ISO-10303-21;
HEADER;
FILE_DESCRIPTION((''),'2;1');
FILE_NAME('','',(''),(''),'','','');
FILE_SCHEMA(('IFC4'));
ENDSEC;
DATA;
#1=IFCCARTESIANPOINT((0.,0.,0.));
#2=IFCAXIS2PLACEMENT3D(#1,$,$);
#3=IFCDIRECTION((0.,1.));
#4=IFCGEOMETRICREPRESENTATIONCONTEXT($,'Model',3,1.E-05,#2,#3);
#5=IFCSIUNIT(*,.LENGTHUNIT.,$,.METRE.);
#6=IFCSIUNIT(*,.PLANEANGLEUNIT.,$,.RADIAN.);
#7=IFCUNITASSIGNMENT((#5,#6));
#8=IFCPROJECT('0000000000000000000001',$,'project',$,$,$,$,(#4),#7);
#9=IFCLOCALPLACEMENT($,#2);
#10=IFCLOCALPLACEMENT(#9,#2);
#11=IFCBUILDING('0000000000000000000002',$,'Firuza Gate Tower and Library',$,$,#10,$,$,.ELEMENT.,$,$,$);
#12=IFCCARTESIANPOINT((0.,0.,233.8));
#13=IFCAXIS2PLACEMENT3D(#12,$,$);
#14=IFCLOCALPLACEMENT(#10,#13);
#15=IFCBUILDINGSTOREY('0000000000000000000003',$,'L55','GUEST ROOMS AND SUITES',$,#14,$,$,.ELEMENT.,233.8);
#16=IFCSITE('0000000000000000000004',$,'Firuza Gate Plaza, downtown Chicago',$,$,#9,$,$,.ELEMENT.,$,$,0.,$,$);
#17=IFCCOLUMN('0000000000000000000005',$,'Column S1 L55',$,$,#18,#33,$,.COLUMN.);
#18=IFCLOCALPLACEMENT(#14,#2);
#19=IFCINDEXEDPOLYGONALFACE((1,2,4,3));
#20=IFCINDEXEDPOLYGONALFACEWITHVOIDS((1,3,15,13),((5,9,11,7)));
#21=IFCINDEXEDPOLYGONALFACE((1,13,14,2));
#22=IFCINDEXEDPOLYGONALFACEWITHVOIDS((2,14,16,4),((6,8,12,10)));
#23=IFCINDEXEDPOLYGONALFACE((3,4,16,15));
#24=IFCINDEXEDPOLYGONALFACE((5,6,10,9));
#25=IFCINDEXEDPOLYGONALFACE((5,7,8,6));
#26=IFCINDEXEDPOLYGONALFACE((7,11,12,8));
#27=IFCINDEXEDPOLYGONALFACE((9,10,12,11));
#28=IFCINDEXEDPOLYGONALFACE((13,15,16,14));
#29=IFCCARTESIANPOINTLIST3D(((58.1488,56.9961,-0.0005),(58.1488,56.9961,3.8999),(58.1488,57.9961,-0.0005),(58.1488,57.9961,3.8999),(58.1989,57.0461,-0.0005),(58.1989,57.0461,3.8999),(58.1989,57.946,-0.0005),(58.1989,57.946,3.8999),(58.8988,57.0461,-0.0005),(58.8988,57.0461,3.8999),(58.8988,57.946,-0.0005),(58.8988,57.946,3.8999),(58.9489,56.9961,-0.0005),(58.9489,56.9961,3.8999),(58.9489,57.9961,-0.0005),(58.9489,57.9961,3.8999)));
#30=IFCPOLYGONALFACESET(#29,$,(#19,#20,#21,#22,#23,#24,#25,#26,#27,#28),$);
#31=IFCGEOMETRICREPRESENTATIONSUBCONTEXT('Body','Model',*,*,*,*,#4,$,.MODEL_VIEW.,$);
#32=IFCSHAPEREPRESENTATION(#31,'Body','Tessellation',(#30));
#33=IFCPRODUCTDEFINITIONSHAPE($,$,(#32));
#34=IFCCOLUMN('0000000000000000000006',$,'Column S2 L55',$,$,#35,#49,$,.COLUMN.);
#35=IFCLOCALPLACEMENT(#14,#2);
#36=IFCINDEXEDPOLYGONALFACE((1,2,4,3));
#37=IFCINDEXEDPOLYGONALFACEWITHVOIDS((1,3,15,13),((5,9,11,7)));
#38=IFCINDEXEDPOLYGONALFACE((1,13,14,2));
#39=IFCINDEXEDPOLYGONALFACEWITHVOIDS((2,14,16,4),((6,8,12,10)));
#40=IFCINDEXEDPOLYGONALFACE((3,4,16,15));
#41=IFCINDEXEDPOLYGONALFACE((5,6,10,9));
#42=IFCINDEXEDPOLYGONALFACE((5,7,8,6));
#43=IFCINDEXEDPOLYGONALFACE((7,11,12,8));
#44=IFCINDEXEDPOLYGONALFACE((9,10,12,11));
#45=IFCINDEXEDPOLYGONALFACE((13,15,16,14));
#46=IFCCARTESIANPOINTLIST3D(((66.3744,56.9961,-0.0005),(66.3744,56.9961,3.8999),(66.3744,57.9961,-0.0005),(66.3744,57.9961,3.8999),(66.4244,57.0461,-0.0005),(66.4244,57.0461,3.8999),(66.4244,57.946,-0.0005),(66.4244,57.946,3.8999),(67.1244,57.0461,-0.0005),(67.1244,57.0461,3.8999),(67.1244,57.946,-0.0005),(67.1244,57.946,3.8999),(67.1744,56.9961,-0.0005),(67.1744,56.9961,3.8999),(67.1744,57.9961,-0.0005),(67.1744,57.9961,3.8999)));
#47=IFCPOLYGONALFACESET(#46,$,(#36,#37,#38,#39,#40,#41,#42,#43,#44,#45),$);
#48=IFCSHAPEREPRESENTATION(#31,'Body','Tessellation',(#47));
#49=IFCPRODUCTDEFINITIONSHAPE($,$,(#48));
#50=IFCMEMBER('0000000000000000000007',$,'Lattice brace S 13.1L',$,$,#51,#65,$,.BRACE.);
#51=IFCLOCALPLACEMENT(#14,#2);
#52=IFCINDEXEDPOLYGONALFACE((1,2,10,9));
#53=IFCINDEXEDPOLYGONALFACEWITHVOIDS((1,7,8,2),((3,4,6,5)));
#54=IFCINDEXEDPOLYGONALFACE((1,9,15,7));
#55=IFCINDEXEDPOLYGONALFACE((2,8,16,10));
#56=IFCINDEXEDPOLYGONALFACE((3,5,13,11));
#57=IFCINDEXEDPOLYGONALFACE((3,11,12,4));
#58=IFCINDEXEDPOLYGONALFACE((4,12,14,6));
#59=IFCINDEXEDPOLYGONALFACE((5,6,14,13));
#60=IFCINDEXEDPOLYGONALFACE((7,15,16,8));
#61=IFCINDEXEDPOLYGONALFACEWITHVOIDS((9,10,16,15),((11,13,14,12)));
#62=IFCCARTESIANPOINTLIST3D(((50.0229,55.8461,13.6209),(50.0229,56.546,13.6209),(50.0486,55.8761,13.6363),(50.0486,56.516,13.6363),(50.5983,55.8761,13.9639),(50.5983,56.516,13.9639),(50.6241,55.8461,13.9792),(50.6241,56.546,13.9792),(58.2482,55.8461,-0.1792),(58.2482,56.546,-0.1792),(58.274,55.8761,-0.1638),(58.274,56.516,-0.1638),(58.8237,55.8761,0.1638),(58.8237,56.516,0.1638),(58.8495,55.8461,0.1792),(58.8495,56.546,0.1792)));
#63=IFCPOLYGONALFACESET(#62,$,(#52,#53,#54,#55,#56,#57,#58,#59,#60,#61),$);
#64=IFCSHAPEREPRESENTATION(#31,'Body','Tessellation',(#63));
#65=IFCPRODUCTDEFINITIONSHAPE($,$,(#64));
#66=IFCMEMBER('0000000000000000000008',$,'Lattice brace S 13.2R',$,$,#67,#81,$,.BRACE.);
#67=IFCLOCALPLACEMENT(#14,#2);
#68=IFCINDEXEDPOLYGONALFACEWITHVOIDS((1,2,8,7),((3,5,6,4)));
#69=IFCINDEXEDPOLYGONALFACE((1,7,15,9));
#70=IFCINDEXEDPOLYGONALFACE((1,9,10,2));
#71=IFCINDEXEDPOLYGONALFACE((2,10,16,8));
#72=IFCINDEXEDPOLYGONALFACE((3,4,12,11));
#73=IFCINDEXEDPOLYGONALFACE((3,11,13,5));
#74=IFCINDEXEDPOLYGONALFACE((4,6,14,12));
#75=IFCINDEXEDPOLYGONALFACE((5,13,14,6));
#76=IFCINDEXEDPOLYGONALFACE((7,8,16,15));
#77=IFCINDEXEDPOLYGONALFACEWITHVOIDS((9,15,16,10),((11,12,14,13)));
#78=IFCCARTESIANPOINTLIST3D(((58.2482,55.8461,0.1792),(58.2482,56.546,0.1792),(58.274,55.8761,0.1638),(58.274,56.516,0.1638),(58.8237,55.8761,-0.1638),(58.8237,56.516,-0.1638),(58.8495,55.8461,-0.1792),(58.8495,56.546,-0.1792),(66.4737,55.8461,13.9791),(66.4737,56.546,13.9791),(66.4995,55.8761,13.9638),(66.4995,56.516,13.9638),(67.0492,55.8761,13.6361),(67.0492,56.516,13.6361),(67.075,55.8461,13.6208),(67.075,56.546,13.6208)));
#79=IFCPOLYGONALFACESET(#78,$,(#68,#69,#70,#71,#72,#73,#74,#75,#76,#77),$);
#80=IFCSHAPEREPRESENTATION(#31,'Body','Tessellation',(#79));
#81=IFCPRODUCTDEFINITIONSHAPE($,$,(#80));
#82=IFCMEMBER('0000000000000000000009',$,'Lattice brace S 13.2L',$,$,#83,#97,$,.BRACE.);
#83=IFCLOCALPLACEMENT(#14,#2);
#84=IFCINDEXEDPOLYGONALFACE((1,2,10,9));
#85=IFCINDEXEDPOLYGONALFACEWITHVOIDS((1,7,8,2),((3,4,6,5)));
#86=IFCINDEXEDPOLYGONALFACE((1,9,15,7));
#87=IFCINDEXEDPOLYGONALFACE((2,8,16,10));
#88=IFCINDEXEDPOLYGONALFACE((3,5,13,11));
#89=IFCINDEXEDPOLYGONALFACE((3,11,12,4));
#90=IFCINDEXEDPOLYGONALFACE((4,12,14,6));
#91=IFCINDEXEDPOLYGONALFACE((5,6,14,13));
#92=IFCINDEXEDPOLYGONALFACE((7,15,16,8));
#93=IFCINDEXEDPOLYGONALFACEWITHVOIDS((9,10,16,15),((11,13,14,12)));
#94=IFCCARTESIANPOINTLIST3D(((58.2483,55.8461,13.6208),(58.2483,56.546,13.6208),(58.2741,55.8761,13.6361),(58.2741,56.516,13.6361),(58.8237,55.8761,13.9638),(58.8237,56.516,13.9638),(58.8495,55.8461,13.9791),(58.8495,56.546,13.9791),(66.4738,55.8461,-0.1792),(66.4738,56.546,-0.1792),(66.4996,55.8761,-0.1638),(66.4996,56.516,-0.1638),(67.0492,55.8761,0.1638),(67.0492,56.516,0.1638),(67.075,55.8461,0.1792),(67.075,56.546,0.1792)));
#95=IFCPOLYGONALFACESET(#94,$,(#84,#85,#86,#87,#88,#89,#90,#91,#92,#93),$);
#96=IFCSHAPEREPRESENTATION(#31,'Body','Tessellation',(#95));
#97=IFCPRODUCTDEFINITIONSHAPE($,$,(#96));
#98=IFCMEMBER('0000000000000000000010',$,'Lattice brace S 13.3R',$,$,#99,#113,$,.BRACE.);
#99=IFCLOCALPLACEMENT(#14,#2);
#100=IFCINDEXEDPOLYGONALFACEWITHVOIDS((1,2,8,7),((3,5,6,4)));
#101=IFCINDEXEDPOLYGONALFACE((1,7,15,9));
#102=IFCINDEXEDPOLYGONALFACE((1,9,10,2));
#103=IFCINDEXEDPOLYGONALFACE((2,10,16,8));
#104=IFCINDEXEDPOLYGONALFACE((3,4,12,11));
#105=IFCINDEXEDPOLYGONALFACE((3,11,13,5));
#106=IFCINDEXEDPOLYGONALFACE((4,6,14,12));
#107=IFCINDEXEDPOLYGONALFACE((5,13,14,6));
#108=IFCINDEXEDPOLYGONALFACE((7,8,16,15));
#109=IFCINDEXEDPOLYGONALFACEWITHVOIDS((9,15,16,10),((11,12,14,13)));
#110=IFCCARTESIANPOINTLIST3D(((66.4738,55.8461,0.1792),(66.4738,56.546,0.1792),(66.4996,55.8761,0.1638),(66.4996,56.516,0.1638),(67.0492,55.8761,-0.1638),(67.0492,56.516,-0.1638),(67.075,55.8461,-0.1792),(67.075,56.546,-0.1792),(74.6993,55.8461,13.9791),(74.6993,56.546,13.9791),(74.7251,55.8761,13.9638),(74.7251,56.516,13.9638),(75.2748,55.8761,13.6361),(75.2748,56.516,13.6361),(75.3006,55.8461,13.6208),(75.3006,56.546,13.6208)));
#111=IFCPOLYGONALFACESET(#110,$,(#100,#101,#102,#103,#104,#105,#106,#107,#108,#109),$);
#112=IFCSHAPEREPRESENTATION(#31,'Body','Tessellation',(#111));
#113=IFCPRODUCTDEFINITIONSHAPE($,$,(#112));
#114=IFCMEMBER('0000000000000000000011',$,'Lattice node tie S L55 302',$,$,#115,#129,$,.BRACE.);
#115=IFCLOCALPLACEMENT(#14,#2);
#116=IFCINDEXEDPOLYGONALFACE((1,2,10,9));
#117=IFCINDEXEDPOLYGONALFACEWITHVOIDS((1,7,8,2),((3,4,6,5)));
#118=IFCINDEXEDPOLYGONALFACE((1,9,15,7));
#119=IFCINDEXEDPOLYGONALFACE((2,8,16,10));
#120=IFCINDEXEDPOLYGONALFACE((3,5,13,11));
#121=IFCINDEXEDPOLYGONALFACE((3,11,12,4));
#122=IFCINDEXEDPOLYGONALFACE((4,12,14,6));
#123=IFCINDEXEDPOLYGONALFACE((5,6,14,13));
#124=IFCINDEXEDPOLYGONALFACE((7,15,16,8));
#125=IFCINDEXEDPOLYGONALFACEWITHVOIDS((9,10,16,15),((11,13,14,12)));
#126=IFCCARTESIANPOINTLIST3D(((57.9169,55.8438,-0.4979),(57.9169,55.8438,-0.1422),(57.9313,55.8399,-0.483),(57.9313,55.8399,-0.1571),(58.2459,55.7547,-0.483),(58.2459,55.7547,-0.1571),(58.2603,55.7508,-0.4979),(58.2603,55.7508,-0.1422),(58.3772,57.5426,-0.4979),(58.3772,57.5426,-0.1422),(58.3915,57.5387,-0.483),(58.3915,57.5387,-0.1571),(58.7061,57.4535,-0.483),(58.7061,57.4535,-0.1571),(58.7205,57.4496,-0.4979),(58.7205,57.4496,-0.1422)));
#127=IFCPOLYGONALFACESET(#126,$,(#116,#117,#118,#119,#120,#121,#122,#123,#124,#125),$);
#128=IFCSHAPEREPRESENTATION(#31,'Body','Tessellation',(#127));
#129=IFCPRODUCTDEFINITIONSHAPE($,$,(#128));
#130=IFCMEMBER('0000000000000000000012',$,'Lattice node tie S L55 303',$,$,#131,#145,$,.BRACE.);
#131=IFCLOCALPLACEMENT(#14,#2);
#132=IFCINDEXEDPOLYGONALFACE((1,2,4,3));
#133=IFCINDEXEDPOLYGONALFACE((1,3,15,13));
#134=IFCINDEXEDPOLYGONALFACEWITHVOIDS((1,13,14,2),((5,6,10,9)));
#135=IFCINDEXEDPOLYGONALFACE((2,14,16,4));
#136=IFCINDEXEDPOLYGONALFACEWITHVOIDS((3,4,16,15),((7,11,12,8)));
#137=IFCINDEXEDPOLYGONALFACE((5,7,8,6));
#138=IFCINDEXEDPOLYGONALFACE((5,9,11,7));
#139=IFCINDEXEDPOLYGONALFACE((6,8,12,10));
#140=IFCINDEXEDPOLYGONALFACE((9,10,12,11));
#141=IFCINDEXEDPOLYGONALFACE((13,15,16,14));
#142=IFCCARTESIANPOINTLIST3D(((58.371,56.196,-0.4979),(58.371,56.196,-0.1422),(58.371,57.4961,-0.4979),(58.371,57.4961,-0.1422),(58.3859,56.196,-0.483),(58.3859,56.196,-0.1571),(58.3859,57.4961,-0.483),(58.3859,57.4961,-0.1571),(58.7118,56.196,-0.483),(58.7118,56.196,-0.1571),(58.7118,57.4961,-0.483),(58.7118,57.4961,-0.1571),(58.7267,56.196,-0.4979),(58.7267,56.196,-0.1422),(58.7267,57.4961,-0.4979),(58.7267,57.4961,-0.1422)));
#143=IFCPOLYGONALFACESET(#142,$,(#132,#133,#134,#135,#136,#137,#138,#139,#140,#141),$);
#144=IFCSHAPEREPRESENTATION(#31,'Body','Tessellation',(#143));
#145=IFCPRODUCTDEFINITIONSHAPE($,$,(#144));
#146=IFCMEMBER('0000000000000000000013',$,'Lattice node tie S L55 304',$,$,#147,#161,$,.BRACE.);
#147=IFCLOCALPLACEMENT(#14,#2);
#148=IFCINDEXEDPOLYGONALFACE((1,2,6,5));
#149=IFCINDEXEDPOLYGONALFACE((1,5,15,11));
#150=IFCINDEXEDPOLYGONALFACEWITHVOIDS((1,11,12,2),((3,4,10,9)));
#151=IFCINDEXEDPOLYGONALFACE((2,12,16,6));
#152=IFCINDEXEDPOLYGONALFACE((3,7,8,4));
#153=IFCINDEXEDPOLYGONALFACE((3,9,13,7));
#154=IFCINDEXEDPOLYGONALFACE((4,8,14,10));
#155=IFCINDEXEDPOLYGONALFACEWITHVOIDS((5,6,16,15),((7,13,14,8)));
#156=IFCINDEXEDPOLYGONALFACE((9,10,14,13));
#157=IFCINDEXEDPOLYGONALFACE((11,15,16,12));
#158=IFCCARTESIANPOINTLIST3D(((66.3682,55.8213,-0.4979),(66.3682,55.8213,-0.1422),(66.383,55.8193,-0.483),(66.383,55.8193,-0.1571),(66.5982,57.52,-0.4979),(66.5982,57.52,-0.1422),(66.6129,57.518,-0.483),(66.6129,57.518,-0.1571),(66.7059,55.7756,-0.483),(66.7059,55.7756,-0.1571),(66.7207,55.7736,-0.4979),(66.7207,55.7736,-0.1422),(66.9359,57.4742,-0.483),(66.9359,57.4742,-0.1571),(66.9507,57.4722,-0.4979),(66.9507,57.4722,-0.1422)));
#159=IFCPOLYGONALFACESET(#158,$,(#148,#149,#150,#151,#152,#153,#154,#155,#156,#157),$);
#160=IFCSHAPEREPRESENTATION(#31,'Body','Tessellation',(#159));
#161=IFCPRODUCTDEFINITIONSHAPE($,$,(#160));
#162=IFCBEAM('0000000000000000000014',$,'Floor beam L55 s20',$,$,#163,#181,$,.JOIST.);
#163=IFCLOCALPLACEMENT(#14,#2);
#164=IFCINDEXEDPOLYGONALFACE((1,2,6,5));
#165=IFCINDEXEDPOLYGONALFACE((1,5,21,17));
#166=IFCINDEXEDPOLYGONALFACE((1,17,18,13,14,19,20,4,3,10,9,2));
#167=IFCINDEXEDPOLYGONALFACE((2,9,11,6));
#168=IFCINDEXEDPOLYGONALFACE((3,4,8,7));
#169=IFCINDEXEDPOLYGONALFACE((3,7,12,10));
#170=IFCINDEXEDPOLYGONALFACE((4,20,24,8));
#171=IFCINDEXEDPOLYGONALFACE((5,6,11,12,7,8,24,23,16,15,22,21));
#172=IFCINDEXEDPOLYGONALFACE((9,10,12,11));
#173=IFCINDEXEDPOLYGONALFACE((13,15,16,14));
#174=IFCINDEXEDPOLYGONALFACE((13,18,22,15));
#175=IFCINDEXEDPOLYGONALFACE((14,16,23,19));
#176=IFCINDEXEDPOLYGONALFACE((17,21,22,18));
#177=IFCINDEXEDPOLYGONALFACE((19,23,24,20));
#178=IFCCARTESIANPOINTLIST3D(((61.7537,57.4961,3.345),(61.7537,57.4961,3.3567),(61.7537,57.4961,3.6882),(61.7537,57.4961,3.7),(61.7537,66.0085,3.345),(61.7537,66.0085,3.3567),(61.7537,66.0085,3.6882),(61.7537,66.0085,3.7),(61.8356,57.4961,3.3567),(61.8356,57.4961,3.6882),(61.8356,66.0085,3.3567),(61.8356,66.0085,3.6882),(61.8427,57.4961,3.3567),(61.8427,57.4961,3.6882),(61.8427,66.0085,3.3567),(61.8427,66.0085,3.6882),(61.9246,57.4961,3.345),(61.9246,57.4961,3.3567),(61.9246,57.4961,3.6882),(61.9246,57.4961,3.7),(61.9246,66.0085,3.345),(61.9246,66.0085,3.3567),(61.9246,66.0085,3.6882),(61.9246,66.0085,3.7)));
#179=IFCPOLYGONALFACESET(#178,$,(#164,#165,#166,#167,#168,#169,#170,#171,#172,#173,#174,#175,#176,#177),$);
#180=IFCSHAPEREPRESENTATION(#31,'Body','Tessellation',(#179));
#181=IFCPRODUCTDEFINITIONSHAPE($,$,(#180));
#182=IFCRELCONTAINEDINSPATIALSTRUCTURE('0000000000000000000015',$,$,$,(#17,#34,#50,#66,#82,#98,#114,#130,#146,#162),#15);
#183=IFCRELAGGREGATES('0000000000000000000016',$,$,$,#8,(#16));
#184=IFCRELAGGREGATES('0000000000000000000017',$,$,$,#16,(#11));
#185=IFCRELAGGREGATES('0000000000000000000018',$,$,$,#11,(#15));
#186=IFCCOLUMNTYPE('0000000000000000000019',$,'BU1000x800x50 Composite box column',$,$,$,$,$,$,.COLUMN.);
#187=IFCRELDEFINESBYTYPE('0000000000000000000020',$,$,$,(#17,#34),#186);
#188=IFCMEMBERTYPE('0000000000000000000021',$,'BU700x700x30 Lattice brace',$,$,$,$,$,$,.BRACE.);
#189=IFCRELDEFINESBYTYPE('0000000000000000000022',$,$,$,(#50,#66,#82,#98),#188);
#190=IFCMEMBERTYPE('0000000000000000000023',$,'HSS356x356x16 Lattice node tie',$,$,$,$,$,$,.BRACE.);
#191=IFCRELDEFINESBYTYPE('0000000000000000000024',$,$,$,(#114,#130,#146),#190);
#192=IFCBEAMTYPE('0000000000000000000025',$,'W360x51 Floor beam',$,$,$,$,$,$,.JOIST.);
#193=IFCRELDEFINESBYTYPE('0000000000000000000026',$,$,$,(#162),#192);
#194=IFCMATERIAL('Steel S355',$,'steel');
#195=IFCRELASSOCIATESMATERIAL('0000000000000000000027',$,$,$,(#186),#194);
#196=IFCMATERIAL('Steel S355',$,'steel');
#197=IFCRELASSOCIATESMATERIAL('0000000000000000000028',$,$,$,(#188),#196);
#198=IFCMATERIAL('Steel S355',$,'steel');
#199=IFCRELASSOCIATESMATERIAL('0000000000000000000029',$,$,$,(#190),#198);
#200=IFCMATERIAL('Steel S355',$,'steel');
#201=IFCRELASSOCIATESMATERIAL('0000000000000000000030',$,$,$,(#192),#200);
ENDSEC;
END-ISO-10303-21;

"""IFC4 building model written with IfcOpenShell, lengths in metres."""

from ifc_helpers import new_model, si_unit, direction, frame, origin, origin_2d, place, context, subcontext, project, spatial, hollow_rectangle, i_section, extrude, material, material_profile, profile_set, type_object, element, save


model = new_model("IFC4")

# Units and contexts
model_context = context("Model", 3, precision=1e-05, world=origin(), true_north=direction((0.0, 1.0)))
body_context = subcontext(model_context, "Body", "Model", "MODEL_VIEW")
ifc_project = project(units=[si_unit("LENGTHUNIT", "METRE"), si_unit("PLANEANGLEUNIT", "RADIAN")], contexts=[model_context])

# Site, building, storey
site_placement = place(None, origin())
site = spatial("IfcSite", under=ifc_project, at=site_placement, Name="Firuza Gate Plaza, downtown Chicago", CompositionType="ELEMENT", RefElevation=0.0)
building_placement = place(site_placement, origin())
building = spatial("IfcBuilding", under=site, at=building_placement, Name="Firuza Gate Tower and Library", CompositionType="ELEMENT")
storey_placement = place(building_placement, frame((0.0, 0.0, 233.8)))
storey = spatial("IfcBuildingStorey", under=building, at=storey_placement, Name="L55", Description="GUEST ROOMS AND SUITES", CompositionType="ELEMENT", Elevation=233.8)

# Columns
ifc_material_1 = material(Name="Steel S355", Category="steel")
ifc_material_profile_1 = material_profile(ifc_material_1, hollow_rectangle(XDim=0.8, YDim=1.0, WallThickness=0.05, at=origin_2d()))
ifc_profile_set_1 = profile_set([ifc_material_profile_1], Name="Steel S355")
column_type = type_object("IfcColumnType", Name="BU1000x800x50 Composite box column", PredefinedType="COLUMN", material=ifc_profile_set_1)
for number, where, z_axis, x_axis, name in (
    (1, (58.5488, 57.4961, -0.0005), (0.0, 0.0, 1.0), (1.0, 0.0, 0.0), "Column S1 L55"),
    (2, (66.7744, 57.4961, -0.0005), (0.0, 0.0, 1.0), (1.0, 0.0, 0.0), "Column S2 L55"),
):
    element("IfcColumn", number, at=place(storey_placement, frame(where, z_axis=z_axis, x_axis=x_axis)), inside=storey, type_object=column_type, Name=name, PredefinedType="COLUMN", context=body_context, shape_type="SweptSolid", body=[
        extrude(hollow_rectangle(XDim=0.8, YDim=1.0, WallThickness=0.05, at=origin_2d()), origin(), (0.0, 0.0, 1.0), 3.9004),
    ])

# Members
ifc_material_2 = material(Name="Steel S355", Category="steel")
ifc_material_profile_2 = material_profile(ifc_material_2, hollow_rectangle(XDim=0.7, YDim=0.7, WallThickness=0.03, at=origin_2d()))
ifc_profile_set_2 = profile_set([ifc_material_profile_2], Name="Steel S355")
member_type_1 = type_object("IfcMemberType", Name="BU700x700x30 Lattice brace", PredefinedType="BRACE", material=ifc_profile_set_2)
for number, where, z_axis, x_axis, name in (
    (3, (58.5488, 56.196, 0.0), (-0.511991, 0.0, 0.858991), (0.0, -1.0, 0.0), "Lattice brace S 13.1L"),
    (4, (58.5488, 56.196, 0.0), (0.512002, 0.0, 0.858984), (0.0, 1.0, 0.0), "Lattice brace S 13.2R"),
    (5, (66.7744, 56.196, 0.0), (-0.512002, 0.0, 0.858984), (0.0, -1.0, 0.0), "Lattice brace S 13.2L"),
    (6, (66.7744, 56.196, 0.0), (0.512002, 0.0, 0.858984), (0.0, 1.0, 0.0), "Lattice brace S 13.3R"),
):
    element("IfcMember", number, at=place(storey_placement, frame(where, z_axis=z_axis, x_axis=x_axis)), inside=storey, type_object=member_type_1, Name=name, PredefinedType="BRACE", context=body_context, shape_type="SweptSolid", body=[
        extrude(hollow_rectangle(XDim=0.7, YDim=0.7, WallThickness=0.03, at=origin_2d()), origin(), (0.0, 0.0, 1.0), 16.0654),
    ])
ifc_material_3 = material(Name="Steel S355", Category="steel")
ifc_material_profile_3 = material_profile(ifc_material_3, hollow_rectangle(XDim=0.3557, YDim=0.3557, WallThickness=0.0149, at=origin_2d()))
ifc_profile_set_3 = profile_set([ifc_material_profile_3], Name="Steel S355")
member_type_2 = type_object("IfcMemberType", Name="HSS356x356x16 Lattice node tie", PredefinedType="BRACE", material=ifc_profile_set_3)
member_1_placement = place(storey_placement, frame((58.5488, 57.4961, -0.3201), z_axis=(-0.261485, -0.965207, 0.0), x_axis=(0.965207, -0.261485, 0.0)))
element("IfcMember", 7, at=member_1_placement, inside=storey, type_object=member_type_2, Name="Lattice node tie S L55 302", PredefinedType="BRACE", context=body_context, shape_type="SweptSolid", body=[
    extrude(hollow_rectangle(XDim=0.3557, YDim=0.3557, WallThickness=0.0149, at=origin_2d()), origin(), (0.0, 0.0, 1.0), 1.76),
])
member_2_placement = place(storey_placement, frame((58.5488, 57.4961, -0.3201), z_axis=(0.0, -1.0, 0.0), x_axis=(1.0, 0.0, 0.0)))
element("IfcMember", 8, at=member_2_placement, inside=storey, type_object=member_type_2, Name="Lattice node tie S L55 303", PredefinedType="BRACE", context=body_context, shape_type="SweptSolid", body=[
    extrude(hollow_rectangle(XDim=0.3557, YDim=0.3557, WallThickness=0.0149, at=origin_2d()), origin(), (0.0, 0.0, 1.0), 1.3),
])
member_3_placement = place(storey_placement, frame((66.7744, 57.4961, -0.3201), z_axis=(-0.13416, -0.99096, 0.0), x_axis=(0.99096, -0.13416, 0.0)))
element("IfcMember", 9, at=member_3_placement, inside=storey, type_object=member_type_2, Name="Lattice node tie S L55 304", PredefinedType="BRACE", context=body_context, shape_type="SweptSolid", body=[
    extrude(hollow_rectangle(XDim=0.3557, YDim=0.3557, WallThickness=0.0149, at=origin_2d()), origin(), (0.0, 0.0, 1.0), 1.7141),
])

# Beam
ifc_material_4 = material(Name="Steel S355", Category="steel")
ifc_material_profile_4 = material_profile(ifc_material_4, i_section(OverallWidth=0.1709, OverallDepth=0.355, WebThickness=0.0071, FlangeThickness=0.0117, at=origin_2d()))
ifc_profile_set_4 = profile_set([ifc_material_profile_4], Name="Steel S355")
beam_type_1 = type_object("IfcBeamType", Name="W360x51 Floor beam", PredefinedType="JOIST", material=ifc_profile_set_4)
beam_1_placement = place(storey_placement, frame((61.8391, 57.4961, 3.5225), z_axis=(0.0, 1.0, 0.0), x_axis=(-1.0, 0.0, 0.0)))
element("IfcBeam", 10, at=beam_1_placement, inside=storey, type_object=beam_type_1, Name="Floor beam L55 s20", PredefinedType="JOIST", context=body_context, shape_type="SweptSolid", body=[
    extrude(i_section(OverallWidth=0.1709, OverallDepth=0.355, WebThickness=0.0071, FlangeThickness=0.0117, at=origin_2d()), origin(), (0.0, 0.0, 1.0), 8.5125),
])

save(model, "model.ifc")
